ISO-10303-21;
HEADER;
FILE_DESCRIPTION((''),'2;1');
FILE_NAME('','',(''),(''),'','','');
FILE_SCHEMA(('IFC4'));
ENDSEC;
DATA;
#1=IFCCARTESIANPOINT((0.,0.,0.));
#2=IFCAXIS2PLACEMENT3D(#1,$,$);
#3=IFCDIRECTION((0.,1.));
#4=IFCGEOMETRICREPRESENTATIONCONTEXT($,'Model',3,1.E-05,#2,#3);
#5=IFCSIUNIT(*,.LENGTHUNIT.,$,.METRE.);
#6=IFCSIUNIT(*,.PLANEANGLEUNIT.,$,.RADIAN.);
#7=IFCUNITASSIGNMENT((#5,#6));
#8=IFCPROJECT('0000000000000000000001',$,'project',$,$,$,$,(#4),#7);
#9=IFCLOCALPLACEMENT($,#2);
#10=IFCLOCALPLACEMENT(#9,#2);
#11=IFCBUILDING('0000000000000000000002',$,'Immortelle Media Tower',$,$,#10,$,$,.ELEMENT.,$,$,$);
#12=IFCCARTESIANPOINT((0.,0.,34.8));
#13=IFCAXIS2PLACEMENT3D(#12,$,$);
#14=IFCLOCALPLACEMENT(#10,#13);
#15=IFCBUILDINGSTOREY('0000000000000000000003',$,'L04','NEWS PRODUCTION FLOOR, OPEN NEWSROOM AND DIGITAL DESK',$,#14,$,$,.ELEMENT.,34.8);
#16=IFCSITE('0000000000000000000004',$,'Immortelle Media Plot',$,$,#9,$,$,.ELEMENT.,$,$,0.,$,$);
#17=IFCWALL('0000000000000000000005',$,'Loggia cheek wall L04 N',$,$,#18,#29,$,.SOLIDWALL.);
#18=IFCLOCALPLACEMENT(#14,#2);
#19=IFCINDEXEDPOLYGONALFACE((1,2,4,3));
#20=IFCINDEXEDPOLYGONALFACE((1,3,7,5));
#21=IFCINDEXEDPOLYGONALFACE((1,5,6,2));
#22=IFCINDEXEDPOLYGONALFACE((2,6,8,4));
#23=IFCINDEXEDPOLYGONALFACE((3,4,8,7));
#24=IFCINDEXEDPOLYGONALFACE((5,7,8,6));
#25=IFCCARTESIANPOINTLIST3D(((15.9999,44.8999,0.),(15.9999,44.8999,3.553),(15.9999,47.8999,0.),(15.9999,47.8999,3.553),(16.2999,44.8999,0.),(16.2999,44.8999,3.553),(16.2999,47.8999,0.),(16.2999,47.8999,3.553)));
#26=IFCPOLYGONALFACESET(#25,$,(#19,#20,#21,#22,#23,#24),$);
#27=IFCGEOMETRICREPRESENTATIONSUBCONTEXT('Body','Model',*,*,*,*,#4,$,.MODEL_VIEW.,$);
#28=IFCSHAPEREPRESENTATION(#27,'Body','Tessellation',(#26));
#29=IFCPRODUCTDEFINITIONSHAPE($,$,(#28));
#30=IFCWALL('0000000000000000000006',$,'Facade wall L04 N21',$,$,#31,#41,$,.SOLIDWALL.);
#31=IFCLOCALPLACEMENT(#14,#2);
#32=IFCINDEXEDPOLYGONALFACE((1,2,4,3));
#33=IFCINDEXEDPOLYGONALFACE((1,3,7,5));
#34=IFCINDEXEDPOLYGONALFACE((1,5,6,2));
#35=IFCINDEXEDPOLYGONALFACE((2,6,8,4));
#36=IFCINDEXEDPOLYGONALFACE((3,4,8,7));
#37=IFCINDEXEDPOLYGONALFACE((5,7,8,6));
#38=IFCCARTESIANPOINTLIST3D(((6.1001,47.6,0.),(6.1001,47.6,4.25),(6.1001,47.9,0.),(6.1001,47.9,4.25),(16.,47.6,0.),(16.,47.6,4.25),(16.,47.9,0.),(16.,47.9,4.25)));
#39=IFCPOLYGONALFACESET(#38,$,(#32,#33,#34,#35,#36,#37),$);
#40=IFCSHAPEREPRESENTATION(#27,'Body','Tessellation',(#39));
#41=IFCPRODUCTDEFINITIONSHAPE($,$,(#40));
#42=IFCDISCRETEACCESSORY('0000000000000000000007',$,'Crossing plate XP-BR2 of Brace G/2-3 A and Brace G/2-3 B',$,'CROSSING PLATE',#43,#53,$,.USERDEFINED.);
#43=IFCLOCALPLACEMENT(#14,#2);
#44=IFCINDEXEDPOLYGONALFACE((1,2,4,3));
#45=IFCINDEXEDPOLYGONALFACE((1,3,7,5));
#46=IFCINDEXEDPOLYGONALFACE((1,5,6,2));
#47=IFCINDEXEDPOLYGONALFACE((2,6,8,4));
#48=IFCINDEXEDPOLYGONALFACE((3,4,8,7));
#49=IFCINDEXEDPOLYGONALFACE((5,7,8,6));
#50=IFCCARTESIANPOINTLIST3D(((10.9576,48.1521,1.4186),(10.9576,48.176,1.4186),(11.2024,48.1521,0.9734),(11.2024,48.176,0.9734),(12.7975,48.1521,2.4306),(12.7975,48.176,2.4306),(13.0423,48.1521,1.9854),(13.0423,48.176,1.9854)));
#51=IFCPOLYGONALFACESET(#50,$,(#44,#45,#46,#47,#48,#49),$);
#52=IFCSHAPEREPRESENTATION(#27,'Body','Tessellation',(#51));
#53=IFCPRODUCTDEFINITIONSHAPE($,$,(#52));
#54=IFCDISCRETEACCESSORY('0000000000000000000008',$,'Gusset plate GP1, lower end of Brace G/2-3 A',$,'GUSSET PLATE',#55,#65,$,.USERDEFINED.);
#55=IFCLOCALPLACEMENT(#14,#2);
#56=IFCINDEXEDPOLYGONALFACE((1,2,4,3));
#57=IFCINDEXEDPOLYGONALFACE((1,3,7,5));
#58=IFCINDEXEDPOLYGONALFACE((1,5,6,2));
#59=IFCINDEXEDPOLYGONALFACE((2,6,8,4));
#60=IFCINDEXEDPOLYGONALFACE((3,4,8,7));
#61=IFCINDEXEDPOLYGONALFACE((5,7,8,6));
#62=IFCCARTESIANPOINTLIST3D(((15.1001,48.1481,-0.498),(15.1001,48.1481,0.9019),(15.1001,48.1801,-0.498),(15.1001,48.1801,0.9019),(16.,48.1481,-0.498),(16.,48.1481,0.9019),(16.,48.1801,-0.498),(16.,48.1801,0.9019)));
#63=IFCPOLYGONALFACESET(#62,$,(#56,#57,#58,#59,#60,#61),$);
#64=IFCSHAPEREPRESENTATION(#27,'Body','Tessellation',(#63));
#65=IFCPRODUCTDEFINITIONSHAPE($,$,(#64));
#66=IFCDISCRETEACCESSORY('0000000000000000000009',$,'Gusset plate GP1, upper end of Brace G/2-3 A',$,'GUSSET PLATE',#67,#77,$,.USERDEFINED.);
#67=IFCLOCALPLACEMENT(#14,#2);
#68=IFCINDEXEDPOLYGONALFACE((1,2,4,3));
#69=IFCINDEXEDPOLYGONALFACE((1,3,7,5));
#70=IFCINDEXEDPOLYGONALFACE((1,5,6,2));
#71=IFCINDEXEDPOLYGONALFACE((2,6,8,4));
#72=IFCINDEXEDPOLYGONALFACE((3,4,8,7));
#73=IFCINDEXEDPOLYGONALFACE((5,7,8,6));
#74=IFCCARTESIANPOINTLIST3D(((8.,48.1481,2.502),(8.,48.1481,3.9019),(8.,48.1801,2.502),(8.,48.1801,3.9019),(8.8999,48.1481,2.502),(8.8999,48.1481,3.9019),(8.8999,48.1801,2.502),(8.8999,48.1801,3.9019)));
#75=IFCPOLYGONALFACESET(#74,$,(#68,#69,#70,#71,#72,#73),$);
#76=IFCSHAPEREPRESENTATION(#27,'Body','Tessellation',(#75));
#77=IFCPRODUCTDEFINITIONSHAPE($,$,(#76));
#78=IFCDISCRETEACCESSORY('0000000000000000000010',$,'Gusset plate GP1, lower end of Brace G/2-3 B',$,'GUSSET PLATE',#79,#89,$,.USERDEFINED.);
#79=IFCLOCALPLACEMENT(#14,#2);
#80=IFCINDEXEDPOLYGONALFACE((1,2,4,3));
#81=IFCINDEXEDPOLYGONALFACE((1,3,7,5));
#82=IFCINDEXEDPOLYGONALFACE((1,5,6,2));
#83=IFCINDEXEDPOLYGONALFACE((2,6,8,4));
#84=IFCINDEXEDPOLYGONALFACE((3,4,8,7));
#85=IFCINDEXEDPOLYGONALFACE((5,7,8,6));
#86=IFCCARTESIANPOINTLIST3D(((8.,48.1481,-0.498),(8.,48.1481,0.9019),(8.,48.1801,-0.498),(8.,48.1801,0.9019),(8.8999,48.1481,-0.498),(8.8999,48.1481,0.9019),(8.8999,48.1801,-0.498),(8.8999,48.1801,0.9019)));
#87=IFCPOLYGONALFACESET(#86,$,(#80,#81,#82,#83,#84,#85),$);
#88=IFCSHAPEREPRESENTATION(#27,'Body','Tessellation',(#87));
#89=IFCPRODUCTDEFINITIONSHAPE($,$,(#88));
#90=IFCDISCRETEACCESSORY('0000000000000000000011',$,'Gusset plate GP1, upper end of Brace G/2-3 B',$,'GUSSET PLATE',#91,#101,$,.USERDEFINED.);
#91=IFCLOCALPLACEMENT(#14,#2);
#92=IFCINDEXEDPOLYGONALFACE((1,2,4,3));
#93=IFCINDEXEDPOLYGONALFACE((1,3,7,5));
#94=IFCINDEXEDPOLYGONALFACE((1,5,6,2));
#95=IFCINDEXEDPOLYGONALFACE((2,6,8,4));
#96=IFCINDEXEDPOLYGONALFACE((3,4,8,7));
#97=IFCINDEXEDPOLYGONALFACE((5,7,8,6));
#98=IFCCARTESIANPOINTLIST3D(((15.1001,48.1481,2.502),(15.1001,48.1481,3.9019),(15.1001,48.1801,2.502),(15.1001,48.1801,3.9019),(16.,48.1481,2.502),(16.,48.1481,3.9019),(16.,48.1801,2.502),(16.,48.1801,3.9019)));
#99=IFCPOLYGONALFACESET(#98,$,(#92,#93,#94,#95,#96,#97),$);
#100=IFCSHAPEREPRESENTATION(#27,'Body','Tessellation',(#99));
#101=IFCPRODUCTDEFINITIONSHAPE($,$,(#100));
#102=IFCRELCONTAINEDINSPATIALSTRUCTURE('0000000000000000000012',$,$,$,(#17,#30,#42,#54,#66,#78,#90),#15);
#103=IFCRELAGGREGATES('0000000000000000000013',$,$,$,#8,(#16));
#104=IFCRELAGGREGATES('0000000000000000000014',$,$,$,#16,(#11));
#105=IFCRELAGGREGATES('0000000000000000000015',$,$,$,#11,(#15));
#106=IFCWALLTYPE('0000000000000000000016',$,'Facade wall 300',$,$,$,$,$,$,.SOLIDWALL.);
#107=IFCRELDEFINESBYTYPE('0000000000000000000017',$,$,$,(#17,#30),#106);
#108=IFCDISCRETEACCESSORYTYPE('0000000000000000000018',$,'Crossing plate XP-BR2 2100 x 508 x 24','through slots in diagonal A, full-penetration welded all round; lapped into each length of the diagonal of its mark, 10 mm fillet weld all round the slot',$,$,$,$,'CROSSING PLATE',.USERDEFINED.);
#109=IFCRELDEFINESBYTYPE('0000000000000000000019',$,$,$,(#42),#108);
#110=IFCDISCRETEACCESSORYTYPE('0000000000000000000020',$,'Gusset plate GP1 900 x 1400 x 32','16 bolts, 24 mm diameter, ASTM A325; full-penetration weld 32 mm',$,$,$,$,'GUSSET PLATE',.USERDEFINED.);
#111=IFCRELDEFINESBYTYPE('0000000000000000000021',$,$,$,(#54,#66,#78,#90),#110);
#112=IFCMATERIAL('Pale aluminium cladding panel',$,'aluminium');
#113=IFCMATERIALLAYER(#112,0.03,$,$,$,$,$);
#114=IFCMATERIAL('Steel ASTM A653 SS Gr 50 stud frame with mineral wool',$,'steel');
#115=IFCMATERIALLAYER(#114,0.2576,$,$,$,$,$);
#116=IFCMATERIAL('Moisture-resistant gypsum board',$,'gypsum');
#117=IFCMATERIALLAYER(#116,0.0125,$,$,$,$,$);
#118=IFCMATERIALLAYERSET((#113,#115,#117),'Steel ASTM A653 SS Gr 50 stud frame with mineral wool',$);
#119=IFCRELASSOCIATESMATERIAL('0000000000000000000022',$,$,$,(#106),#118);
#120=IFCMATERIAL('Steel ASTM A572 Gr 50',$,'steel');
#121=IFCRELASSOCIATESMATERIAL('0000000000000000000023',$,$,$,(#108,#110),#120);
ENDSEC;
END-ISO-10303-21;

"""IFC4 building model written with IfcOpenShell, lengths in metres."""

from ifc_helpers import new_model, si_unit, direction, frame, frame_2d, origin, origin_2d, place, context, subcontext, project, spatial, rectangle, extrude, material, layer, layer_set, material_profile, profile_set, type_object, element, save


model = new_model("IFC4")

# Units and contexts
model_context = context("Model", 3, precision=1e-05, world=origin(), true_north=direction((0.0, 1.0)))
body_context = subcontext(model_context, "Body", "Model", "MODEL_VIEW")
ifc_project = project(units=[si_unit("LENGTHUNIT", "METRE"), si_unit("PLANEANGLEUNIT", "RADIAN")], contexts=[model_context])

# Site, building, storey
site_placement = place(None, origin())
site = spatial("IfcSite", under=ifc_project, at=site_placement, Name="Immortelle Media Plot", CompositionType="ELEMENT", RefElevation=0.0)
building_placement = place(site_placement, origin())
building = spatial("IfcBuilding", under=site, at=building_placement, Name="Immortelle Media Tower", CompositionType="ELEMENT")
storey_placement = place(building_placement, frame((0.0, 0.0, 34.8)))
storey = spatial("IfcBuildingStorey", under=building, at=storey_placement, Name="L04", Description="NEWS PRODUCTION FLOOR, OPEN NEWSROOM AND DIGITAL DESK", CompositionType="ELEMENT", Elevation=34.8)

# Walls
ifc_material_1 = material(Name="Pale aluminium cladding panel", Category="aluminium")
ifc_layer_1 = layer(ifc_material_1, 0.03)
ifc_material_2 = material(Name="Steel ASTM A653 SS Gr 50 stud frame with mineral wool", Category="steel")
ifc_layer_2 = layer(ifc_material_2, 0.2576)
ifc_material_3 = material(Name="Moisture-resistant gypsum board", Category="gypsum")
ifc_layer_3 = layer(ifc_material_3, 0.0125)
ifc_layer_set = layer_set([ifc_layer_1, ifc_layer_2, ifc_layer_3], Name="Steel ASTM A653 SS Gr 50 stud frame with mineral wool")
wall_type = type_object("IfcWallType", Name="Facade wall 300", PredefinedType="SOLIDWALL", material=ifc_layer_set)
wall_1_placement = place(storey_placement, frame((16.1499, 47.8999, 0.0), z_axis=(0.0, 0.0, 1.0), x_axis=(0.0, -1.0, 0.0)))
element("IfcWall", 1, at=wall_1_placement, inside=storey, type_object=wall_type, Name="Loggia cheek wall L04 N", PredefinedType="SOLIDWALL", context=body_context, shape_type="SweptSolid", body=[
    extrude(rectangle(XDim=3.0, YDim=0.3, at=frame_2d((1.5, 0.0))), origin(), (0.0, 0.0, 1.0), 3.553),
])
wall_2_placement = place(storey_placement, frame((16.0, 47.75, 0.0), z_axis=(0.0, 0.0, 1.0), x_axis=(-1.0, 0.0, 0.0)))
element("IfcWall", 2, at=wall_2_placement, inside=storey, type_object=wall_type, Name="Facade wall L04 N21", PredefinedType="SOLIDWALL", context=body_context, shape_type="SweptSolid", body=[
    extrude(rectangle(XDim=9.8999, YDim=0.3, at=frame_2d((4.95, 0.0))), origin(), (0.0, 0.0, 1.0), 4.25),
])

# Discrete accessories
ifc_material_4 = material(Name="Steel ASTM A572 Gr 50", Category="steel")
ifc_material_profile_1 = material_profile(ifc_material_4, rectangle(XDim=0.0239, YDim=0.5081, at=origin_2d()), Name="PL 24 x 508")
ifc_profile_set_1 = profile_set([ifc_material_profile_1], Name="Steel ASTM A572 Gr 50")
discrete_accessory_type_1 = type_object("IfcDiscreteAccessoryType", Name="Crossing plate XP-BR2 2100 x 508 x 24", Description="through slots in diagonal A, full-penetration welded all round; lapped into each length of the diagonal of its mark, 10 mm fillet weld all round the slot", ElementType="CROSSING PLATE", PredefinedType="USERDEFINED", material=ifc_profile_set_1)
discrete_accessory_placement = place(storey_placement, frame((12.9199, 48.1641, 2.208), z_axis=(-0.876206, 0.0, -0.481937), x_axis=(0.0, -1.0, 0.0)))
element("IfcDiscreteAccessory", 3, at=discrete_accessory_placement, inside=storey, type_object=discrete_accessory_type_1, Name="Crossing plate XP-BR2 of Brace G/2-3 A and Brace G/2-3 B", ObjectType="CROSSING PLATE", PredefinedType="USERDEFINED", context=body_context, shape_type="SweptSolid", body=[
    extrude(rectangle(XDim=0.0239, YDim=0.5081, at=origin_2d()), origin(), (0.0, 0.0, 1.0), 2.0999),
])
ifc_material_profile_2 = material_profile(ifc_material_4, rectangle(XDim=0.032, YDim=1.3999, at=origin_2d()), Name="PL 32 x 1400")
ifc_profile_set_2 = profile_set([ifc_material_profile_2], Name="Steel ASTM A572 Gr 50")
discrete_accessory_type_2 = type_object("IfcDiscreteAccessoryType", Name="Gusset plate GP1 900 x 1400 x 32", Description="16 bolts, 24 mm diameter, ASTM A325; full-penetration weld 32 mm", ElementType="GUSSET PLATE", PredefinedType="USERDEFINED", material=ifc_profile_set_2)
for number, where, z_axis, x_axis, name in (
    (4, (16.0, 48.1641, 0.2019), (-1.0, 0.0, 0.0), (0.0, -1.0, 0.0), "Gusset plate GP1, lower end of Brace G/2-3 A"),
    (5, (8.0, 48.1641, 3.2019), (1.0, 0.0, 0.0), (0.0, 1.0, 0.0), "Gusset plate GP1, upper end of Brace G/2-3 A"),
    (6, (8.0, 48.1641, 0.2019), (1.0, 0.0, 0.0), (0.0, 1.0, 0.0), "Gusset plate GP1, lower end of Brace G/2-3 B"),
    (7, (16.0, 48.1641, 3.2019), (-1.0, 0.0, 0.0), (0.0, -1.0, 0.0), "Gusset plate GP1, upper end of Brace G/2-3 B"),
):
    element("IfcDiscreteAccessory", number, at=place(storey_placement, frame(where, z_axis=z_axis, x_axis=x_axis)), inside=storey, type_object=discrete_accessory_type_2, Name=name, ObjectType="GUSSET PLATE", PredefinedType="USERDEFINED", context=body_context, shape_type="SweptSolid", body=[
        extrude(rectangle(XDim=0.032, YDim=1.3999, at=origin_2d()), origin(), (0.0, 0.0, 1.0), 0.8999),
    ])

save(model, "model.ifc")
